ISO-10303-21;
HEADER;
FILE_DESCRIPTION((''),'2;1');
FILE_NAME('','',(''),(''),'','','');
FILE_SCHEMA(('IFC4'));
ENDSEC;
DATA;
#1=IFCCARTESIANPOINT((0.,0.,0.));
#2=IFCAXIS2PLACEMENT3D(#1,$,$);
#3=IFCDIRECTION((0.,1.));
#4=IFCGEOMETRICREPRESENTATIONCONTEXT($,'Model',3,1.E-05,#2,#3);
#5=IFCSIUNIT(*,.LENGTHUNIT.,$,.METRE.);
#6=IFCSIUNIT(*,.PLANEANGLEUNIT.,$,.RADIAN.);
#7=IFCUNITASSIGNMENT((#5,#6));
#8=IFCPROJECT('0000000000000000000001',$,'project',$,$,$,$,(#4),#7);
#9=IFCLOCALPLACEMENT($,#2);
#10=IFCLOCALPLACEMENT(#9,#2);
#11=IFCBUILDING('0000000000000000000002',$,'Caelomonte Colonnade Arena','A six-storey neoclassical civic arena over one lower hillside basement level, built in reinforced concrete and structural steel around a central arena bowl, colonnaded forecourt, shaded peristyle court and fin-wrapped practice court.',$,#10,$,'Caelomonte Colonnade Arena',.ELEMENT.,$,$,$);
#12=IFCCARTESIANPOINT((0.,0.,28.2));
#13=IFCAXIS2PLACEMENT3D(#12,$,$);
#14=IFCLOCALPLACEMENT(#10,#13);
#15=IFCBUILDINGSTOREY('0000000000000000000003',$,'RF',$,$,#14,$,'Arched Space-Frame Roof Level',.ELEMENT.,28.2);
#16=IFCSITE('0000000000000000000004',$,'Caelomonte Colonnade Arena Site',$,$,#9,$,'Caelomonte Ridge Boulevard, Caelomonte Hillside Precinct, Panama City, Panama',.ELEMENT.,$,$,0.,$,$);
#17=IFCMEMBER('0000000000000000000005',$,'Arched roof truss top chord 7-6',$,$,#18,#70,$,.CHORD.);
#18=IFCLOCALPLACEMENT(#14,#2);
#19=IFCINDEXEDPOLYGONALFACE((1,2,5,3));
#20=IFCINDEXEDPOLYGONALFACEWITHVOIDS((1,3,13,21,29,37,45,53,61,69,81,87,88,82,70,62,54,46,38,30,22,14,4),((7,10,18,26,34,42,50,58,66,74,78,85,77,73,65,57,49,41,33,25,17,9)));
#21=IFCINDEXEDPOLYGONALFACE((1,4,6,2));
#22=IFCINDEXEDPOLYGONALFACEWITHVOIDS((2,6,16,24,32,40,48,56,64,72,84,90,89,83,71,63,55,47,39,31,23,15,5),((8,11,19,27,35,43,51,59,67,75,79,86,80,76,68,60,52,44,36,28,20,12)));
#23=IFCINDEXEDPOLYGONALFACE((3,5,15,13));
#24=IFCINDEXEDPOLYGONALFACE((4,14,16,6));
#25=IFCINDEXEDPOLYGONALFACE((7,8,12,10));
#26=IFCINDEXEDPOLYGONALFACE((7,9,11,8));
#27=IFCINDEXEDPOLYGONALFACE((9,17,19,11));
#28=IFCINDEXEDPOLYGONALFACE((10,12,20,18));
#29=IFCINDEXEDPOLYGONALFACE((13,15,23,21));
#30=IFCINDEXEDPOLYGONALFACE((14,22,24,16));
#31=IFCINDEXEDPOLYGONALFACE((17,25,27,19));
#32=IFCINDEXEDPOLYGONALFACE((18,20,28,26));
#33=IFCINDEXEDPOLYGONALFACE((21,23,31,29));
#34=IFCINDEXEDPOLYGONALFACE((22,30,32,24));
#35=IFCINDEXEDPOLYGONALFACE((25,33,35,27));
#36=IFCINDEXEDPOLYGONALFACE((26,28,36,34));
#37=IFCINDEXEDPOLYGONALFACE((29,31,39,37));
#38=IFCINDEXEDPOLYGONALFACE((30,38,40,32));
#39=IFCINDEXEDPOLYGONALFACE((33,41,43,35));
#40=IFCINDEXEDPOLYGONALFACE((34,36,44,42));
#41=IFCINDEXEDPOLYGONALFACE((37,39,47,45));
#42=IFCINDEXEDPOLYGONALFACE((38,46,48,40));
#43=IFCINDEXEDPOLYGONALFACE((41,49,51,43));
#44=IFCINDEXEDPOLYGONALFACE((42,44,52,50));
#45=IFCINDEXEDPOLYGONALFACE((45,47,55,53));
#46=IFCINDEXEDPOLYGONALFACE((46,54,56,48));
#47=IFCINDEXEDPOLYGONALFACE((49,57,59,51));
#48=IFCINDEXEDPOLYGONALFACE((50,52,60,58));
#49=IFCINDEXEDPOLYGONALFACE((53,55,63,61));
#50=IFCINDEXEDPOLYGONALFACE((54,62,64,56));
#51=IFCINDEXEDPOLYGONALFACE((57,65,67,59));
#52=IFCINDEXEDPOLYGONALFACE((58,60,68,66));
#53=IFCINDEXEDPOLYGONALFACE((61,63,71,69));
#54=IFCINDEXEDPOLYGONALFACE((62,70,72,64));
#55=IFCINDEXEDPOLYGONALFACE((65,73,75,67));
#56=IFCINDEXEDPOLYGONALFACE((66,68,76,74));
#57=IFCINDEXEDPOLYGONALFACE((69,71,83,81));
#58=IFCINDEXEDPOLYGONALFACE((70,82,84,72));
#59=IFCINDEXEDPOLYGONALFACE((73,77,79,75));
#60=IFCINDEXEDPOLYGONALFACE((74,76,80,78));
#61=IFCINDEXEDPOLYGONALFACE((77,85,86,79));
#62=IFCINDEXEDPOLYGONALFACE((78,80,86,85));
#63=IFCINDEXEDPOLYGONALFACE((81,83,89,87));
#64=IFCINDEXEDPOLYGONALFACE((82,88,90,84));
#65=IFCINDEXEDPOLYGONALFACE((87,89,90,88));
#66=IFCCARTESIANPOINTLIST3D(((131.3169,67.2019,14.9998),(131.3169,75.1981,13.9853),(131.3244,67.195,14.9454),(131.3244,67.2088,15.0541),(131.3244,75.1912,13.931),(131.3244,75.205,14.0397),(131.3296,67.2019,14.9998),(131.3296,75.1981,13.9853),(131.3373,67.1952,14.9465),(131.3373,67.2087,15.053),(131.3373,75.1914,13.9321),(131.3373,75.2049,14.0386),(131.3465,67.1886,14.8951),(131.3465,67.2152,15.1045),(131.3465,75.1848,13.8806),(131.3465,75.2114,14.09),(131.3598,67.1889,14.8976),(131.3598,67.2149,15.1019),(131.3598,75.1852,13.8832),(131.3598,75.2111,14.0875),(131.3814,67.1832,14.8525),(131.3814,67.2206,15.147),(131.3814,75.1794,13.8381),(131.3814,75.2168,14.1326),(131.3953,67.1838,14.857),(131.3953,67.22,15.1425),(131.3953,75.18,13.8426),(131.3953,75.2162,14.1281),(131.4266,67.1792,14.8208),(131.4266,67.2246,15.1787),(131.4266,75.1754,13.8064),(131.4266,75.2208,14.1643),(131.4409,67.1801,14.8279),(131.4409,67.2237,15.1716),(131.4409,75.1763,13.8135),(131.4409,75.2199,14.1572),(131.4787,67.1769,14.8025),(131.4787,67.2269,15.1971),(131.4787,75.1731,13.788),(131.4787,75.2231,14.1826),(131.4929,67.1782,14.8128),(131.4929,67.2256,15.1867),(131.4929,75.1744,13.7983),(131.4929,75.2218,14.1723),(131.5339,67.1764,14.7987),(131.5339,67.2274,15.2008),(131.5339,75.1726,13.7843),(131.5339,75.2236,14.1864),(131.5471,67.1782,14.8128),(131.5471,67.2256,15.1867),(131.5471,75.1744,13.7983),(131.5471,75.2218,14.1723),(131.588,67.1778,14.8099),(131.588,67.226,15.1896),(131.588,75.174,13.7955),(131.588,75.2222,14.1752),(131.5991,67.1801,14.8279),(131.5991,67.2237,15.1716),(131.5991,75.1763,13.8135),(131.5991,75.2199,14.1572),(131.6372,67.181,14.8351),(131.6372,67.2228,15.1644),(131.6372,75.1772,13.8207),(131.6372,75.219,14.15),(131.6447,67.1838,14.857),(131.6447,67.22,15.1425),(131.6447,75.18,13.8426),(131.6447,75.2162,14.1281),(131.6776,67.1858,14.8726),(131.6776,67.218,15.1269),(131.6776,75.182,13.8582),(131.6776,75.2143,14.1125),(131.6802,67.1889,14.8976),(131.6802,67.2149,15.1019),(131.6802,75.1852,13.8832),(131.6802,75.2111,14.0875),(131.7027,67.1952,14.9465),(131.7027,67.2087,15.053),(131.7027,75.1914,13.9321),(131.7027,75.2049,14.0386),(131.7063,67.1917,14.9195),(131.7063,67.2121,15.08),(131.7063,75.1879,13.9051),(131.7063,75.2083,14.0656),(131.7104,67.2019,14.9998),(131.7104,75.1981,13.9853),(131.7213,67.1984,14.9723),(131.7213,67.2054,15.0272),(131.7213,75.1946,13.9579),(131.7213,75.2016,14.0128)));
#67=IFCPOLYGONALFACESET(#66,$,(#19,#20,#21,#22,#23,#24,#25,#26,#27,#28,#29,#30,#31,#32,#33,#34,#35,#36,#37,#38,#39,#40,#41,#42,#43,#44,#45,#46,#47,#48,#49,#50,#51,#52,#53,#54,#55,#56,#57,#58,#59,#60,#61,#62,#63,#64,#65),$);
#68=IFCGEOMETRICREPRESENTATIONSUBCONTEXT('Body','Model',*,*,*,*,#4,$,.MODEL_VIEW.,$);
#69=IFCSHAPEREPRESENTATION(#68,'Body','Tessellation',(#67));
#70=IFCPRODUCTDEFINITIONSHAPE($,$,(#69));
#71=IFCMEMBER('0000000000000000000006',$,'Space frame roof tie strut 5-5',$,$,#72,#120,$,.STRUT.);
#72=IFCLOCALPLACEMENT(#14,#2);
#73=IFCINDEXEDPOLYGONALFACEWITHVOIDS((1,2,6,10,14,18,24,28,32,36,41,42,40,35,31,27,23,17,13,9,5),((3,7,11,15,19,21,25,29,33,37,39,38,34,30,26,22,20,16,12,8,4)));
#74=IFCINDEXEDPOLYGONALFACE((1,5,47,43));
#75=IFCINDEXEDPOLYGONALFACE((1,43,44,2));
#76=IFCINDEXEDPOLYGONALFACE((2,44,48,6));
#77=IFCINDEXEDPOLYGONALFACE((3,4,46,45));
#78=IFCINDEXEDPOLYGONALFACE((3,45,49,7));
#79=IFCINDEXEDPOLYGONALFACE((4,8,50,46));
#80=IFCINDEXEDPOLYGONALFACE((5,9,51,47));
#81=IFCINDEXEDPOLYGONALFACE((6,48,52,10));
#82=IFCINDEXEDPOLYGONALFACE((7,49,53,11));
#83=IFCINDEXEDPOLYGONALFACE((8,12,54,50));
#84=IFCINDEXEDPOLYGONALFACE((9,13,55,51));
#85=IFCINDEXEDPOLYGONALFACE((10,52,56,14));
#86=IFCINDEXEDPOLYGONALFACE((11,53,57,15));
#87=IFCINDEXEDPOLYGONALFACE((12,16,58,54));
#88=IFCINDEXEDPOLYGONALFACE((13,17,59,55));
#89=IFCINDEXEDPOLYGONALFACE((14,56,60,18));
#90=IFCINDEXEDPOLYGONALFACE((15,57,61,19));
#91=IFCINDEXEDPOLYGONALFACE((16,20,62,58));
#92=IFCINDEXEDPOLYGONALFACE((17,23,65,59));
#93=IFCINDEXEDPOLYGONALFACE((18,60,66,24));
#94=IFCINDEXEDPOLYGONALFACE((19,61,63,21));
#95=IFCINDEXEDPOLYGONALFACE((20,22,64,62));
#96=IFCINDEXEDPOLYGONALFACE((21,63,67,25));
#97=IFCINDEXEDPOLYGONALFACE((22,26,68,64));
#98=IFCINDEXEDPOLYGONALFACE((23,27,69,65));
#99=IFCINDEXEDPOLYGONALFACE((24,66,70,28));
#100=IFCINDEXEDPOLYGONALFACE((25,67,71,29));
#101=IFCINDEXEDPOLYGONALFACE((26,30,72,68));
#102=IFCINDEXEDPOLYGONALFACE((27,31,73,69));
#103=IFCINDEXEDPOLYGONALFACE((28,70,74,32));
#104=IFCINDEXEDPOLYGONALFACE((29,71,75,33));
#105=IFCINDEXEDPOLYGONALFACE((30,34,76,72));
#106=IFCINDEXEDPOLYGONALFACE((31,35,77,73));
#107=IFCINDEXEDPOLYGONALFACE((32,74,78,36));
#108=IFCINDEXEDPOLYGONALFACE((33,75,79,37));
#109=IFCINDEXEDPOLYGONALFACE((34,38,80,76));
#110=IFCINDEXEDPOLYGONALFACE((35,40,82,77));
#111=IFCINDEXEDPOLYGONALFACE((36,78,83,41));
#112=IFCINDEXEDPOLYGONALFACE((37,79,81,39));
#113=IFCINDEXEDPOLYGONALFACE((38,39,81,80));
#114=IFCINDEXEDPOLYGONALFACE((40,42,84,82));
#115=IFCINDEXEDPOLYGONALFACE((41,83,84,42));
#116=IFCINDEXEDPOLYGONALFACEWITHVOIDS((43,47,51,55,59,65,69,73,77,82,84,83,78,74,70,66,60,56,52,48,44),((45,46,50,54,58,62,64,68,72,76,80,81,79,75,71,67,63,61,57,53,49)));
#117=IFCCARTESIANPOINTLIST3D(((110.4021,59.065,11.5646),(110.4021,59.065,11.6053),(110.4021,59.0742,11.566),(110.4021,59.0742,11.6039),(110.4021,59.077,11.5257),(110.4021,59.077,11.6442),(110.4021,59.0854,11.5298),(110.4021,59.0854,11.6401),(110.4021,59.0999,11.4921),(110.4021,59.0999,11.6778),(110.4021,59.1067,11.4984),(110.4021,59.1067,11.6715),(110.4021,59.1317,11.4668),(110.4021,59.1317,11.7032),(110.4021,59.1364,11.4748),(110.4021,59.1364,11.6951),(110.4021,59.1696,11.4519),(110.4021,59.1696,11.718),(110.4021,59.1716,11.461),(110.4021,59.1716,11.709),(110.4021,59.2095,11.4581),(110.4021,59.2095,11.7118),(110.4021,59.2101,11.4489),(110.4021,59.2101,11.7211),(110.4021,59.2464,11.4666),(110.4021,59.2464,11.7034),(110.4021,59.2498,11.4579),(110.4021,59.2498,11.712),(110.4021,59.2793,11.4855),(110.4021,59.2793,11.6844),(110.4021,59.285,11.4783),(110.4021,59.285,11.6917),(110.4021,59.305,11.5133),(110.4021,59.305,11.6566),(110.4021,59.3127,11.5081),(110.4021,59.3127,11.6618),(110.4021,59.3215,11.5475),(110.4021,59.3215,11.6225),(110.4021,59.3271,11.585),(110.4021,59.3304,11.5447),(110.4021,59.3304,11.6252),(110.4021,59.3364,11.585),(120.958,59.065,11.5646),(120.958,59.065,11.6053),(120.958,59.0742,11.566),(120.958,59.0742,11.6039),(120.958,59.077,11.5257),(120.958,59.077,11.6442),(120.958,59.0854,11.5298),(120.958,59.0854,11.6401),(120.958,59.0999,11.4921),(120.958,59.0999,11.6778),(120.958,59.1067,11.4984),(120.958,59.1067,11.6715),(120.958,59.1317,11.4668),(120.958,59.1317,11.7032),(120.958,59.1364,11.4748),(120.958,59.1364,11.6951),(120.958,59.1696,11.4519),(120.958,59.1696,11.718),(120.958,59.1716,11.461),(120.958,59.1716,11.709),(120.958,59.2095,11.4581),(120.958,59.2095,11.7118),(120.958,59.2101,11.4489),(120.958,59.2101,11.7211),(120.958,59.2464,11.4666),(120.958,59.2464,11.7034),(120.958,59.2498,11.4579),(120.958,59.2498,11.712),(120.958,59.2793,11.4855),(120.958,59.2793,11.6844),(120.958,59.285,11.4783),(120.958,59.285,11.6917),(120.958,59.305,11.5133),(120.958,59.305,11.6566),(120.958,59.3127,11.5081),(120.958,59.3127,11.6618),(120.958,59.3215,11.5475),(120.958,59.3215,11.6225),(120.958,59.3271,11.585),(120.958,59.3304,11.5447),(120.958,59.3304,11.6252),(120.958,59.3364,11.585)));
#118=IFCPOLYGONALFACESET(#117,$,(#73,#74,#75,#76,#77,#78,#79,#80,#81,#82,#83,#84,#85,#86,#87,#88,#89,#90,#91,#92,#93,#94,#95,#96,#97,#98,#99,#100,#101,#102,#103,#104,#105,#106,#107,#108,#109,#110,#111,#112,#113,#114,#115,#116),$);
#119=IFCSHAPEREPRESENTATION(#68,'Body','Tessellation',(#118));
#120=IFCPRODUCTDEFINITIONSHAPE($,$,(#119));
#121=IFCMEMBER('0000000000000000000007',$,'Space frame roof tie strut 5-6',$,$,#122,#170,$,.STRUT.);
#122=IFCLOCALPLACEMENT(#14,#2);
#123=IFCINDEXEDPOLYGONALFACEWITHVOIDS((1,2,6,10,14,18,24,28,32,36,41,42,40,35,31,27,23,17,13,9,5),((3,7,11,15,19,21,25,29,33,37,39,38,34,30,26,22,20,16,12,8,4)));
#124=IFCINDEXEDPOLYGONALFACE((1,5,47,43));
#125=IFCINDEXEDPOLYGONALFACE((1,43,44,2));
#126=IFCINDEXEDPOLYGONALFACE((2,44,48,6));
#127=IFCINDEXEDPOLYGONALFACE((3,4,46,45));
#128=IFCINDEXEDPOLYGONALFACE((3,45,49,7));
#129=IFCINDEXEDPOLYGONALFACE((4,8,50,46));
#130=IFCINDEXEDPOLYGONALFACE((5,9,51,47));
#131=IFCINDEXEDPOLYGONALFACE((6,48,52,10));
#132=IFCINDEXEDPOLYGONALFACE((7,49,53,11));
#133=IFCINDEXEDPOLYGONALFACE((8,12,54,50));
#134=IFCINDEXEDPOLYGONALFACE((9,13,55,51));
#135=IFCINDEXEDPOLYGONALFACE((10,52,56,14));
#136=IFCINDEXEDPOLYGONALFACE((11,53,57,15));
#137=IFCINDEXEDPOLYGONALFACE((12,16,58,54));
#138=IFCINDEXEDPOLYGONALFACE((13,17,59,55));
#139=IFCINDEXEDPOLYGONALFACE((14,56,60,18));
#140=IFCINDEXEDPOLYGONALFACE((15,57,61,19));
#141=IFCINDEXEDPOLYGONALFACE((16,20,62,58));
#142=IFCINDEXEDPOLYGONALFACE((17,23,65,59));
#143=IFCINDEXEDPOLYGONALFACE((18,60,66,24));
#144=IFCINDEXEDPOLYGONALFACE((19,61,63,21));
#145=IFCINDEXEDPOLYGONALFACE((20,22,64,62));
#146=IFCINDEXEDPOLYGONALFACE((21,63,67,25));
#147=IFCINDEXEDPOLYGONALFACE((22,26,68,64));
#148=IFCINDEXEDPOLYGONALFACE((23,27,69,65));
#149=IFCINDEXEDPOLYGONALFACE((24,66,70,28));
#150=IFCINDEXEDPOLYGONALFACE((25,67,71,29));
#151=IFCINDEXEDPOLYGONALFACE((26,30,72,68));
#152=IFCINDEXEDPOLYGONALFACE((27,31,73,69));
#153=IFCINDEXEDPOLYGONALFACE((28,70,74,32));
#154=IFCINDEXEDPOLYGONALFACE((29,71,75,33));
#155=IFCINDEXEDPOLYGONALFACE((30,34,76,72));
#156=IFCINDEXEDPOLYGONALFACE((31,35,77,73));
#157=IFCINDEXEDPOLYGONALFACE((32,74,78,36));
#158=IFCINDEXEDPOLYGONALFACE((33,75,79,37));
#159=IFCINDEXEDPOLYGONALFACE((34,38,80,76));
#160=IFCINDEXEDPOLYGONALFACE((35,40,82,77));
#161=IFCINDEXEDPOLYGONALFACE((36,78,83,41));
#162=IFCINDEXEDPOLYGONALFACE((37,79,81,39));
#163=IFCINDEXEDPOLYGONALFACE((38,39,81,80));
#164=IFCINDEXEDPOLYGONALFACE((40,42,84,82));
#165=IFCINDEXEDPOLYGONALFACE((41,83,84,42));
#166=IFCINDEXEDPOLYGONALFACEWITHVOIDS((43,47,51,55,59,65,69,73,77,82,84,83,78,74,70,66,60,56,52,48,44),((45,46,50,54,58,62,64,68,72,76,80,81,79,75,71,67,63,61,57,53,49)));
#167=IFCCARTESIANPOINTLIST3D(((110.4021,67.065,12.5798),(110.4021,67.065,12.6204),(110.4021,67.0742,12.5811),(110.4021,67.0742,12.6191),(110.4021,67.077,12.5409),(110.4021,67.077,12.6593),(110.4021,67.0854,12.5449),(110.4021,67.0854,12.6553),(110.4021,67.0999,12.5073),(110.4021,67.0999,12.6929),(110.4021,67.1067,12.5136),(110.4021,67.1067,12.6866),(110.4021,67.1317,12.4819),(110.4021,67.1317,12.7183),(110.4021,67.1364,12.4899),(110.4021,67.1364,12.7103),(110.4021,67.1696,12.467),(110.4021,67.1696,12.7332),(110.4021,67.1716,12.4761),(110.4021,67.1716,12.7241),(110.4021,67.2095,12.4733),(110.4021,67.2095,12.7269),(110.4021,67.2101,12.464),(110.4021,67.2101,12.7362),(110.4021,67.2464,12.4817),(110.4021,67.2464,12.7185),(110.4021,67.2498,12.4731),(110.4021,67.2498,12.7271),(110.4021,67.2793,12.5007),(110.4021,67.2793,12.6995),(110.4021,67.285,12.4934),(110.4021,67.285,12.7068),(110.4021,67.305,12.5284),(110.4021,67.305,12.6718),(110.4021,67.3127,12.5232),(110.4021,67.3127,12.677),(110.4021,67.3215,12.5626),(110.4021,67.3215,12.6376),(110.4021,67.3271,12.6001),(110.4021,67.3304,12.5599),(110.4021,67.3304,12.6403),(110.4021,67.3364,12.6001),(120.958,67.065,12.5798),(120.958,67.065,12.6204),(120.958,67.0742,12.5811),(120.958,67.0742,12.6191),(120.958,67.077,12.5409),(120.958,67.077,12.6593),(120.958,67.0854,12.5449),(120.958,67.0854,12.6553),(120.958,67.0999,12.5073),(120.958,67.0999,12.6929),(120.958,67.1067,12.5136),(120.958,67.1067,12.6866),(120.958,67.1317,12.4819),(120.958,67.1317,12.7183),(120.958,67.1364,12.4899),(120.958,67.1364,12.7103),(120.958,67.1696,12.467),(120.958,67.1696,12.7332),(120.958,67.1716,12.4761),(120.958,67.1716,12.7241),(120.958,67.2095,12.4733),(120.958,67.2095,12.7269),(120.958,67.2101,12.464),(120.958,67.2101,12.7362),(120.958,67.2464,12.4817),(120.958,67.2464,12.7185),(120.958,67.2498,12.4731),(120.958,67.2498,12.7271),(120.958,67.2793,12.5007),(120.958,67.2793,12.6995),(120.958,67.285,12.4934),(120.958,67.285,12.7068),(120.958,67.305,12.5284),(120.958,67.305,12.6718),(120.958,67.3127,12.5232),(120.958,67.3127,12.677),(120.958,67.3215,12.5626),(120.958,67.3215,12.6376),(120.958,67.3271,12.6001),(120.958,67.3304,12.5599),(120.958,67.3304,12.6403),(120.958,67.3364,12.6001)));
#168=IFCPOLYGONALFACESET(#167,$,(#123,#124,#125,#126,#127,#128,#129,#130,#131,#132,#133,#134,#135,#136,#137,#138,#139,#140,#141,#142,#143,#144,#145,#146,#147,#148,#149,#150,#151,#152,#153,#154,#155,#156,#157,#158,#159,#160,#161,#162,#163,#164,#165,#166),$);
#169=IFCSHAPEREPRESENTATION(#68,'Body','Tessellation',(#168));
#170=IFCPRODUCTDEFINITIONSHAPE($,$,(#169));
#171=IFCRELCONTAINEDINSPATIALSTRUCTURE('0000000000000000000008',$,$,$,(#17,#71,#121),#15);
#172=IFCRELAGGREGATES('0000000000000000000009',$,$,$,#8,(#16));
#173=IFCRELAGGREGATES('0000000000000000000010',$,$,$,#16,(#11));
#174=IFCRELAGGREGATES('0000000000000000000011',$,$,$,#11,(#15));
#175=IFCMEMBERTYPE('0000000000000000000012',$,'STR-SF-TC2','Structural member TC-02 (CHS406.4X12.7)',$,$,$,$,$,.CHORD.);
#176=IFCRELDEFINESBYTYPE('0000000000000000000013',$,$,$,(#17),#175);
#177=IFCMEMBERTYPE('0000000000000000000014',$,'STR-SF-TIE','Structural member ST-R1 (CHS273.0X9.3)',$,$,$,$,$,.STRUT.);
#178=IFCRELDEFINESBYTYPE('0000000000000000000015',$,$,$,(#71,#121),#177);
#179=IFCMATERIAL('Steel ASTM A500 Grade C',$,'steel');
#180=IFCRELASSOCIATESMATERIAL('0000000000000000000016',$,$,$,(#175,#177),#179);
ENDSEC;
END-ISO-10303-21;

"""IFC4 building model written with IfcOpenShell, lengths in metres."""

from ifc_helpers import new_model, si_unit, direction, frame, origin, origin_2d, place, context, subcontext, project, spatial, hollow_circle, extrude, material, material_profile, profile_set, type_object, element, save


model = new_model("IFC4")

# Units and contexts
model_context = context("Model", 3, precision=1e-05, world=origin(), true_north=direction((0.0, 1.0)))
body_context = subcontext(model_context, "Body", "Model", "MODEL_VIEW")
ifc_project = project(units=[si_unit("LENGTHUNIT", "METRE"), si_unit("PLANEANGLEUNIT", "RADIAN")], contexts=[model_context])

# Site, building, storey
site_placement = place(None, origin())
site = spatial("IfcSite", under=ifc_project, at=site_placement, Name="Caelomonte Colonnade Arena Site", LongName="Caelomonte Ridge Boulevard, Caelomonte Hillside Precinct, Panama City, Panama", CompositionType="ELEMENT", RefElevation=0.0)
building_placement = place(site_placement, origin())
building = spatial("IfcBuilding", under=site, at=building_placement, Name="Caelomonte Colonnade Arena", Description="A six-storey neoclassical civic arena over one lower hillside basement level, built in reinforced concrete and structural steel around a central arena bowl, colonnaded forecourt, shaded peristyle court and fin-wrapped practice court.", LongName="Caelomonte Colonnade Arena", CompositionType="ELEMENT")
storey_placement = place(building_placement, frame((0.0, 0.0, 28.2)))
storey = spatial("IfcBuildingStorey", under=building, at=storey_placement, Name="RF", LongName="Arched Space-Frame Roof Level", CompositionType="ELEMENT", Elevation=28.2)

# Members
ifc_material_1 = material(Name="Steel ASTM A500 Grade C", Category="steel")
ifc_material_profile_1 = material_profile(ifc_material_1, hollow_circle(Radius=0.2031, WallThickness=0.0127, at=origin_2d()), Name="CHS406.4X12.7")
ifc_profile_set_1 = profile_set([ifc_material_profile_1], Name="Steel ASTM A500 Grade C")
member_type_1 = type_object("IfcMemberType", Name="STR-SF-TC2", Description="Structural member TC-02 (CHS406.4X12.7)", PredefinedType="CHORD", material=ifc_profile_set_1)
for number, where, z_axis, x_axis, name in (
    (1, (131.52, 67.2019, 14.9998), (0.0, 0.992049, -0.125854), (-1.0, 0.0, 0.0), "Arched roof truss top chord 7-6"),
):
    element("IfcMember", number, at=place(storey_placement, frame(where, z_axis=z_axis, x_axis=x_axis)), inside=storey, type_object=member_type_1, Name=name, PredefinedType="CHORD", context=body_context, shape_type="SweptSolid", body=[
        extrude(hollow_circle(Radius=0.2031, WallThickness=0.0127, at=origin_2d()), origin(), (0.0, 0.0, 1.0), 8.0603),
    ])
ifc_material_profile_2 = material_profile(ifc_material_1, hollow_circle(Radius=0.1365, WallThickness=0.0093, at=origin_2d()), Name="CHS273.0X9.3")
ifc_profile_set_2 = profile_set([ifc_material_profile_2], Name="Steel ASTM A500 Grade C")
member_type_2 = type_object("IfcMemberType", Name="STR-SF-TIE", Description="Structural member ST-R1 (CHS273.0X9.3)", PredefinedType="STRUT", material=ifc_profile_set_2)
for number, where, z_axis, x_axis, name in (
    (2, (110.4021, 59.2, 11.585), (1.0, 0.0, 0.0), (0.0, 1.0, 0.0), "Space frame roof tie strut 5-5"),
    (3, (110.4021, 67.2, 12.6001), (1.0, 0.0, 0.0), (0.0, 1.0, 0.0), "Space frame roof tie strut 5-6"),
):
    element("IfcMember", number, at=place(storey_placement, frame(where, z_axis=z_axis, x_axis=x_axis)), inside=storey, type_object=member_type_2, Name=name, PredefinedType="STRUT", context=body_context, shape_type="SweptSolid", body=[
        extrude(hollow_circle(Radius=0.1365, WallThickness=0.0093, at=origin_2d()), origin(), (0.0, 0.0, 1.0), 10.5559),
    ])

save(model, "model.ifc")
